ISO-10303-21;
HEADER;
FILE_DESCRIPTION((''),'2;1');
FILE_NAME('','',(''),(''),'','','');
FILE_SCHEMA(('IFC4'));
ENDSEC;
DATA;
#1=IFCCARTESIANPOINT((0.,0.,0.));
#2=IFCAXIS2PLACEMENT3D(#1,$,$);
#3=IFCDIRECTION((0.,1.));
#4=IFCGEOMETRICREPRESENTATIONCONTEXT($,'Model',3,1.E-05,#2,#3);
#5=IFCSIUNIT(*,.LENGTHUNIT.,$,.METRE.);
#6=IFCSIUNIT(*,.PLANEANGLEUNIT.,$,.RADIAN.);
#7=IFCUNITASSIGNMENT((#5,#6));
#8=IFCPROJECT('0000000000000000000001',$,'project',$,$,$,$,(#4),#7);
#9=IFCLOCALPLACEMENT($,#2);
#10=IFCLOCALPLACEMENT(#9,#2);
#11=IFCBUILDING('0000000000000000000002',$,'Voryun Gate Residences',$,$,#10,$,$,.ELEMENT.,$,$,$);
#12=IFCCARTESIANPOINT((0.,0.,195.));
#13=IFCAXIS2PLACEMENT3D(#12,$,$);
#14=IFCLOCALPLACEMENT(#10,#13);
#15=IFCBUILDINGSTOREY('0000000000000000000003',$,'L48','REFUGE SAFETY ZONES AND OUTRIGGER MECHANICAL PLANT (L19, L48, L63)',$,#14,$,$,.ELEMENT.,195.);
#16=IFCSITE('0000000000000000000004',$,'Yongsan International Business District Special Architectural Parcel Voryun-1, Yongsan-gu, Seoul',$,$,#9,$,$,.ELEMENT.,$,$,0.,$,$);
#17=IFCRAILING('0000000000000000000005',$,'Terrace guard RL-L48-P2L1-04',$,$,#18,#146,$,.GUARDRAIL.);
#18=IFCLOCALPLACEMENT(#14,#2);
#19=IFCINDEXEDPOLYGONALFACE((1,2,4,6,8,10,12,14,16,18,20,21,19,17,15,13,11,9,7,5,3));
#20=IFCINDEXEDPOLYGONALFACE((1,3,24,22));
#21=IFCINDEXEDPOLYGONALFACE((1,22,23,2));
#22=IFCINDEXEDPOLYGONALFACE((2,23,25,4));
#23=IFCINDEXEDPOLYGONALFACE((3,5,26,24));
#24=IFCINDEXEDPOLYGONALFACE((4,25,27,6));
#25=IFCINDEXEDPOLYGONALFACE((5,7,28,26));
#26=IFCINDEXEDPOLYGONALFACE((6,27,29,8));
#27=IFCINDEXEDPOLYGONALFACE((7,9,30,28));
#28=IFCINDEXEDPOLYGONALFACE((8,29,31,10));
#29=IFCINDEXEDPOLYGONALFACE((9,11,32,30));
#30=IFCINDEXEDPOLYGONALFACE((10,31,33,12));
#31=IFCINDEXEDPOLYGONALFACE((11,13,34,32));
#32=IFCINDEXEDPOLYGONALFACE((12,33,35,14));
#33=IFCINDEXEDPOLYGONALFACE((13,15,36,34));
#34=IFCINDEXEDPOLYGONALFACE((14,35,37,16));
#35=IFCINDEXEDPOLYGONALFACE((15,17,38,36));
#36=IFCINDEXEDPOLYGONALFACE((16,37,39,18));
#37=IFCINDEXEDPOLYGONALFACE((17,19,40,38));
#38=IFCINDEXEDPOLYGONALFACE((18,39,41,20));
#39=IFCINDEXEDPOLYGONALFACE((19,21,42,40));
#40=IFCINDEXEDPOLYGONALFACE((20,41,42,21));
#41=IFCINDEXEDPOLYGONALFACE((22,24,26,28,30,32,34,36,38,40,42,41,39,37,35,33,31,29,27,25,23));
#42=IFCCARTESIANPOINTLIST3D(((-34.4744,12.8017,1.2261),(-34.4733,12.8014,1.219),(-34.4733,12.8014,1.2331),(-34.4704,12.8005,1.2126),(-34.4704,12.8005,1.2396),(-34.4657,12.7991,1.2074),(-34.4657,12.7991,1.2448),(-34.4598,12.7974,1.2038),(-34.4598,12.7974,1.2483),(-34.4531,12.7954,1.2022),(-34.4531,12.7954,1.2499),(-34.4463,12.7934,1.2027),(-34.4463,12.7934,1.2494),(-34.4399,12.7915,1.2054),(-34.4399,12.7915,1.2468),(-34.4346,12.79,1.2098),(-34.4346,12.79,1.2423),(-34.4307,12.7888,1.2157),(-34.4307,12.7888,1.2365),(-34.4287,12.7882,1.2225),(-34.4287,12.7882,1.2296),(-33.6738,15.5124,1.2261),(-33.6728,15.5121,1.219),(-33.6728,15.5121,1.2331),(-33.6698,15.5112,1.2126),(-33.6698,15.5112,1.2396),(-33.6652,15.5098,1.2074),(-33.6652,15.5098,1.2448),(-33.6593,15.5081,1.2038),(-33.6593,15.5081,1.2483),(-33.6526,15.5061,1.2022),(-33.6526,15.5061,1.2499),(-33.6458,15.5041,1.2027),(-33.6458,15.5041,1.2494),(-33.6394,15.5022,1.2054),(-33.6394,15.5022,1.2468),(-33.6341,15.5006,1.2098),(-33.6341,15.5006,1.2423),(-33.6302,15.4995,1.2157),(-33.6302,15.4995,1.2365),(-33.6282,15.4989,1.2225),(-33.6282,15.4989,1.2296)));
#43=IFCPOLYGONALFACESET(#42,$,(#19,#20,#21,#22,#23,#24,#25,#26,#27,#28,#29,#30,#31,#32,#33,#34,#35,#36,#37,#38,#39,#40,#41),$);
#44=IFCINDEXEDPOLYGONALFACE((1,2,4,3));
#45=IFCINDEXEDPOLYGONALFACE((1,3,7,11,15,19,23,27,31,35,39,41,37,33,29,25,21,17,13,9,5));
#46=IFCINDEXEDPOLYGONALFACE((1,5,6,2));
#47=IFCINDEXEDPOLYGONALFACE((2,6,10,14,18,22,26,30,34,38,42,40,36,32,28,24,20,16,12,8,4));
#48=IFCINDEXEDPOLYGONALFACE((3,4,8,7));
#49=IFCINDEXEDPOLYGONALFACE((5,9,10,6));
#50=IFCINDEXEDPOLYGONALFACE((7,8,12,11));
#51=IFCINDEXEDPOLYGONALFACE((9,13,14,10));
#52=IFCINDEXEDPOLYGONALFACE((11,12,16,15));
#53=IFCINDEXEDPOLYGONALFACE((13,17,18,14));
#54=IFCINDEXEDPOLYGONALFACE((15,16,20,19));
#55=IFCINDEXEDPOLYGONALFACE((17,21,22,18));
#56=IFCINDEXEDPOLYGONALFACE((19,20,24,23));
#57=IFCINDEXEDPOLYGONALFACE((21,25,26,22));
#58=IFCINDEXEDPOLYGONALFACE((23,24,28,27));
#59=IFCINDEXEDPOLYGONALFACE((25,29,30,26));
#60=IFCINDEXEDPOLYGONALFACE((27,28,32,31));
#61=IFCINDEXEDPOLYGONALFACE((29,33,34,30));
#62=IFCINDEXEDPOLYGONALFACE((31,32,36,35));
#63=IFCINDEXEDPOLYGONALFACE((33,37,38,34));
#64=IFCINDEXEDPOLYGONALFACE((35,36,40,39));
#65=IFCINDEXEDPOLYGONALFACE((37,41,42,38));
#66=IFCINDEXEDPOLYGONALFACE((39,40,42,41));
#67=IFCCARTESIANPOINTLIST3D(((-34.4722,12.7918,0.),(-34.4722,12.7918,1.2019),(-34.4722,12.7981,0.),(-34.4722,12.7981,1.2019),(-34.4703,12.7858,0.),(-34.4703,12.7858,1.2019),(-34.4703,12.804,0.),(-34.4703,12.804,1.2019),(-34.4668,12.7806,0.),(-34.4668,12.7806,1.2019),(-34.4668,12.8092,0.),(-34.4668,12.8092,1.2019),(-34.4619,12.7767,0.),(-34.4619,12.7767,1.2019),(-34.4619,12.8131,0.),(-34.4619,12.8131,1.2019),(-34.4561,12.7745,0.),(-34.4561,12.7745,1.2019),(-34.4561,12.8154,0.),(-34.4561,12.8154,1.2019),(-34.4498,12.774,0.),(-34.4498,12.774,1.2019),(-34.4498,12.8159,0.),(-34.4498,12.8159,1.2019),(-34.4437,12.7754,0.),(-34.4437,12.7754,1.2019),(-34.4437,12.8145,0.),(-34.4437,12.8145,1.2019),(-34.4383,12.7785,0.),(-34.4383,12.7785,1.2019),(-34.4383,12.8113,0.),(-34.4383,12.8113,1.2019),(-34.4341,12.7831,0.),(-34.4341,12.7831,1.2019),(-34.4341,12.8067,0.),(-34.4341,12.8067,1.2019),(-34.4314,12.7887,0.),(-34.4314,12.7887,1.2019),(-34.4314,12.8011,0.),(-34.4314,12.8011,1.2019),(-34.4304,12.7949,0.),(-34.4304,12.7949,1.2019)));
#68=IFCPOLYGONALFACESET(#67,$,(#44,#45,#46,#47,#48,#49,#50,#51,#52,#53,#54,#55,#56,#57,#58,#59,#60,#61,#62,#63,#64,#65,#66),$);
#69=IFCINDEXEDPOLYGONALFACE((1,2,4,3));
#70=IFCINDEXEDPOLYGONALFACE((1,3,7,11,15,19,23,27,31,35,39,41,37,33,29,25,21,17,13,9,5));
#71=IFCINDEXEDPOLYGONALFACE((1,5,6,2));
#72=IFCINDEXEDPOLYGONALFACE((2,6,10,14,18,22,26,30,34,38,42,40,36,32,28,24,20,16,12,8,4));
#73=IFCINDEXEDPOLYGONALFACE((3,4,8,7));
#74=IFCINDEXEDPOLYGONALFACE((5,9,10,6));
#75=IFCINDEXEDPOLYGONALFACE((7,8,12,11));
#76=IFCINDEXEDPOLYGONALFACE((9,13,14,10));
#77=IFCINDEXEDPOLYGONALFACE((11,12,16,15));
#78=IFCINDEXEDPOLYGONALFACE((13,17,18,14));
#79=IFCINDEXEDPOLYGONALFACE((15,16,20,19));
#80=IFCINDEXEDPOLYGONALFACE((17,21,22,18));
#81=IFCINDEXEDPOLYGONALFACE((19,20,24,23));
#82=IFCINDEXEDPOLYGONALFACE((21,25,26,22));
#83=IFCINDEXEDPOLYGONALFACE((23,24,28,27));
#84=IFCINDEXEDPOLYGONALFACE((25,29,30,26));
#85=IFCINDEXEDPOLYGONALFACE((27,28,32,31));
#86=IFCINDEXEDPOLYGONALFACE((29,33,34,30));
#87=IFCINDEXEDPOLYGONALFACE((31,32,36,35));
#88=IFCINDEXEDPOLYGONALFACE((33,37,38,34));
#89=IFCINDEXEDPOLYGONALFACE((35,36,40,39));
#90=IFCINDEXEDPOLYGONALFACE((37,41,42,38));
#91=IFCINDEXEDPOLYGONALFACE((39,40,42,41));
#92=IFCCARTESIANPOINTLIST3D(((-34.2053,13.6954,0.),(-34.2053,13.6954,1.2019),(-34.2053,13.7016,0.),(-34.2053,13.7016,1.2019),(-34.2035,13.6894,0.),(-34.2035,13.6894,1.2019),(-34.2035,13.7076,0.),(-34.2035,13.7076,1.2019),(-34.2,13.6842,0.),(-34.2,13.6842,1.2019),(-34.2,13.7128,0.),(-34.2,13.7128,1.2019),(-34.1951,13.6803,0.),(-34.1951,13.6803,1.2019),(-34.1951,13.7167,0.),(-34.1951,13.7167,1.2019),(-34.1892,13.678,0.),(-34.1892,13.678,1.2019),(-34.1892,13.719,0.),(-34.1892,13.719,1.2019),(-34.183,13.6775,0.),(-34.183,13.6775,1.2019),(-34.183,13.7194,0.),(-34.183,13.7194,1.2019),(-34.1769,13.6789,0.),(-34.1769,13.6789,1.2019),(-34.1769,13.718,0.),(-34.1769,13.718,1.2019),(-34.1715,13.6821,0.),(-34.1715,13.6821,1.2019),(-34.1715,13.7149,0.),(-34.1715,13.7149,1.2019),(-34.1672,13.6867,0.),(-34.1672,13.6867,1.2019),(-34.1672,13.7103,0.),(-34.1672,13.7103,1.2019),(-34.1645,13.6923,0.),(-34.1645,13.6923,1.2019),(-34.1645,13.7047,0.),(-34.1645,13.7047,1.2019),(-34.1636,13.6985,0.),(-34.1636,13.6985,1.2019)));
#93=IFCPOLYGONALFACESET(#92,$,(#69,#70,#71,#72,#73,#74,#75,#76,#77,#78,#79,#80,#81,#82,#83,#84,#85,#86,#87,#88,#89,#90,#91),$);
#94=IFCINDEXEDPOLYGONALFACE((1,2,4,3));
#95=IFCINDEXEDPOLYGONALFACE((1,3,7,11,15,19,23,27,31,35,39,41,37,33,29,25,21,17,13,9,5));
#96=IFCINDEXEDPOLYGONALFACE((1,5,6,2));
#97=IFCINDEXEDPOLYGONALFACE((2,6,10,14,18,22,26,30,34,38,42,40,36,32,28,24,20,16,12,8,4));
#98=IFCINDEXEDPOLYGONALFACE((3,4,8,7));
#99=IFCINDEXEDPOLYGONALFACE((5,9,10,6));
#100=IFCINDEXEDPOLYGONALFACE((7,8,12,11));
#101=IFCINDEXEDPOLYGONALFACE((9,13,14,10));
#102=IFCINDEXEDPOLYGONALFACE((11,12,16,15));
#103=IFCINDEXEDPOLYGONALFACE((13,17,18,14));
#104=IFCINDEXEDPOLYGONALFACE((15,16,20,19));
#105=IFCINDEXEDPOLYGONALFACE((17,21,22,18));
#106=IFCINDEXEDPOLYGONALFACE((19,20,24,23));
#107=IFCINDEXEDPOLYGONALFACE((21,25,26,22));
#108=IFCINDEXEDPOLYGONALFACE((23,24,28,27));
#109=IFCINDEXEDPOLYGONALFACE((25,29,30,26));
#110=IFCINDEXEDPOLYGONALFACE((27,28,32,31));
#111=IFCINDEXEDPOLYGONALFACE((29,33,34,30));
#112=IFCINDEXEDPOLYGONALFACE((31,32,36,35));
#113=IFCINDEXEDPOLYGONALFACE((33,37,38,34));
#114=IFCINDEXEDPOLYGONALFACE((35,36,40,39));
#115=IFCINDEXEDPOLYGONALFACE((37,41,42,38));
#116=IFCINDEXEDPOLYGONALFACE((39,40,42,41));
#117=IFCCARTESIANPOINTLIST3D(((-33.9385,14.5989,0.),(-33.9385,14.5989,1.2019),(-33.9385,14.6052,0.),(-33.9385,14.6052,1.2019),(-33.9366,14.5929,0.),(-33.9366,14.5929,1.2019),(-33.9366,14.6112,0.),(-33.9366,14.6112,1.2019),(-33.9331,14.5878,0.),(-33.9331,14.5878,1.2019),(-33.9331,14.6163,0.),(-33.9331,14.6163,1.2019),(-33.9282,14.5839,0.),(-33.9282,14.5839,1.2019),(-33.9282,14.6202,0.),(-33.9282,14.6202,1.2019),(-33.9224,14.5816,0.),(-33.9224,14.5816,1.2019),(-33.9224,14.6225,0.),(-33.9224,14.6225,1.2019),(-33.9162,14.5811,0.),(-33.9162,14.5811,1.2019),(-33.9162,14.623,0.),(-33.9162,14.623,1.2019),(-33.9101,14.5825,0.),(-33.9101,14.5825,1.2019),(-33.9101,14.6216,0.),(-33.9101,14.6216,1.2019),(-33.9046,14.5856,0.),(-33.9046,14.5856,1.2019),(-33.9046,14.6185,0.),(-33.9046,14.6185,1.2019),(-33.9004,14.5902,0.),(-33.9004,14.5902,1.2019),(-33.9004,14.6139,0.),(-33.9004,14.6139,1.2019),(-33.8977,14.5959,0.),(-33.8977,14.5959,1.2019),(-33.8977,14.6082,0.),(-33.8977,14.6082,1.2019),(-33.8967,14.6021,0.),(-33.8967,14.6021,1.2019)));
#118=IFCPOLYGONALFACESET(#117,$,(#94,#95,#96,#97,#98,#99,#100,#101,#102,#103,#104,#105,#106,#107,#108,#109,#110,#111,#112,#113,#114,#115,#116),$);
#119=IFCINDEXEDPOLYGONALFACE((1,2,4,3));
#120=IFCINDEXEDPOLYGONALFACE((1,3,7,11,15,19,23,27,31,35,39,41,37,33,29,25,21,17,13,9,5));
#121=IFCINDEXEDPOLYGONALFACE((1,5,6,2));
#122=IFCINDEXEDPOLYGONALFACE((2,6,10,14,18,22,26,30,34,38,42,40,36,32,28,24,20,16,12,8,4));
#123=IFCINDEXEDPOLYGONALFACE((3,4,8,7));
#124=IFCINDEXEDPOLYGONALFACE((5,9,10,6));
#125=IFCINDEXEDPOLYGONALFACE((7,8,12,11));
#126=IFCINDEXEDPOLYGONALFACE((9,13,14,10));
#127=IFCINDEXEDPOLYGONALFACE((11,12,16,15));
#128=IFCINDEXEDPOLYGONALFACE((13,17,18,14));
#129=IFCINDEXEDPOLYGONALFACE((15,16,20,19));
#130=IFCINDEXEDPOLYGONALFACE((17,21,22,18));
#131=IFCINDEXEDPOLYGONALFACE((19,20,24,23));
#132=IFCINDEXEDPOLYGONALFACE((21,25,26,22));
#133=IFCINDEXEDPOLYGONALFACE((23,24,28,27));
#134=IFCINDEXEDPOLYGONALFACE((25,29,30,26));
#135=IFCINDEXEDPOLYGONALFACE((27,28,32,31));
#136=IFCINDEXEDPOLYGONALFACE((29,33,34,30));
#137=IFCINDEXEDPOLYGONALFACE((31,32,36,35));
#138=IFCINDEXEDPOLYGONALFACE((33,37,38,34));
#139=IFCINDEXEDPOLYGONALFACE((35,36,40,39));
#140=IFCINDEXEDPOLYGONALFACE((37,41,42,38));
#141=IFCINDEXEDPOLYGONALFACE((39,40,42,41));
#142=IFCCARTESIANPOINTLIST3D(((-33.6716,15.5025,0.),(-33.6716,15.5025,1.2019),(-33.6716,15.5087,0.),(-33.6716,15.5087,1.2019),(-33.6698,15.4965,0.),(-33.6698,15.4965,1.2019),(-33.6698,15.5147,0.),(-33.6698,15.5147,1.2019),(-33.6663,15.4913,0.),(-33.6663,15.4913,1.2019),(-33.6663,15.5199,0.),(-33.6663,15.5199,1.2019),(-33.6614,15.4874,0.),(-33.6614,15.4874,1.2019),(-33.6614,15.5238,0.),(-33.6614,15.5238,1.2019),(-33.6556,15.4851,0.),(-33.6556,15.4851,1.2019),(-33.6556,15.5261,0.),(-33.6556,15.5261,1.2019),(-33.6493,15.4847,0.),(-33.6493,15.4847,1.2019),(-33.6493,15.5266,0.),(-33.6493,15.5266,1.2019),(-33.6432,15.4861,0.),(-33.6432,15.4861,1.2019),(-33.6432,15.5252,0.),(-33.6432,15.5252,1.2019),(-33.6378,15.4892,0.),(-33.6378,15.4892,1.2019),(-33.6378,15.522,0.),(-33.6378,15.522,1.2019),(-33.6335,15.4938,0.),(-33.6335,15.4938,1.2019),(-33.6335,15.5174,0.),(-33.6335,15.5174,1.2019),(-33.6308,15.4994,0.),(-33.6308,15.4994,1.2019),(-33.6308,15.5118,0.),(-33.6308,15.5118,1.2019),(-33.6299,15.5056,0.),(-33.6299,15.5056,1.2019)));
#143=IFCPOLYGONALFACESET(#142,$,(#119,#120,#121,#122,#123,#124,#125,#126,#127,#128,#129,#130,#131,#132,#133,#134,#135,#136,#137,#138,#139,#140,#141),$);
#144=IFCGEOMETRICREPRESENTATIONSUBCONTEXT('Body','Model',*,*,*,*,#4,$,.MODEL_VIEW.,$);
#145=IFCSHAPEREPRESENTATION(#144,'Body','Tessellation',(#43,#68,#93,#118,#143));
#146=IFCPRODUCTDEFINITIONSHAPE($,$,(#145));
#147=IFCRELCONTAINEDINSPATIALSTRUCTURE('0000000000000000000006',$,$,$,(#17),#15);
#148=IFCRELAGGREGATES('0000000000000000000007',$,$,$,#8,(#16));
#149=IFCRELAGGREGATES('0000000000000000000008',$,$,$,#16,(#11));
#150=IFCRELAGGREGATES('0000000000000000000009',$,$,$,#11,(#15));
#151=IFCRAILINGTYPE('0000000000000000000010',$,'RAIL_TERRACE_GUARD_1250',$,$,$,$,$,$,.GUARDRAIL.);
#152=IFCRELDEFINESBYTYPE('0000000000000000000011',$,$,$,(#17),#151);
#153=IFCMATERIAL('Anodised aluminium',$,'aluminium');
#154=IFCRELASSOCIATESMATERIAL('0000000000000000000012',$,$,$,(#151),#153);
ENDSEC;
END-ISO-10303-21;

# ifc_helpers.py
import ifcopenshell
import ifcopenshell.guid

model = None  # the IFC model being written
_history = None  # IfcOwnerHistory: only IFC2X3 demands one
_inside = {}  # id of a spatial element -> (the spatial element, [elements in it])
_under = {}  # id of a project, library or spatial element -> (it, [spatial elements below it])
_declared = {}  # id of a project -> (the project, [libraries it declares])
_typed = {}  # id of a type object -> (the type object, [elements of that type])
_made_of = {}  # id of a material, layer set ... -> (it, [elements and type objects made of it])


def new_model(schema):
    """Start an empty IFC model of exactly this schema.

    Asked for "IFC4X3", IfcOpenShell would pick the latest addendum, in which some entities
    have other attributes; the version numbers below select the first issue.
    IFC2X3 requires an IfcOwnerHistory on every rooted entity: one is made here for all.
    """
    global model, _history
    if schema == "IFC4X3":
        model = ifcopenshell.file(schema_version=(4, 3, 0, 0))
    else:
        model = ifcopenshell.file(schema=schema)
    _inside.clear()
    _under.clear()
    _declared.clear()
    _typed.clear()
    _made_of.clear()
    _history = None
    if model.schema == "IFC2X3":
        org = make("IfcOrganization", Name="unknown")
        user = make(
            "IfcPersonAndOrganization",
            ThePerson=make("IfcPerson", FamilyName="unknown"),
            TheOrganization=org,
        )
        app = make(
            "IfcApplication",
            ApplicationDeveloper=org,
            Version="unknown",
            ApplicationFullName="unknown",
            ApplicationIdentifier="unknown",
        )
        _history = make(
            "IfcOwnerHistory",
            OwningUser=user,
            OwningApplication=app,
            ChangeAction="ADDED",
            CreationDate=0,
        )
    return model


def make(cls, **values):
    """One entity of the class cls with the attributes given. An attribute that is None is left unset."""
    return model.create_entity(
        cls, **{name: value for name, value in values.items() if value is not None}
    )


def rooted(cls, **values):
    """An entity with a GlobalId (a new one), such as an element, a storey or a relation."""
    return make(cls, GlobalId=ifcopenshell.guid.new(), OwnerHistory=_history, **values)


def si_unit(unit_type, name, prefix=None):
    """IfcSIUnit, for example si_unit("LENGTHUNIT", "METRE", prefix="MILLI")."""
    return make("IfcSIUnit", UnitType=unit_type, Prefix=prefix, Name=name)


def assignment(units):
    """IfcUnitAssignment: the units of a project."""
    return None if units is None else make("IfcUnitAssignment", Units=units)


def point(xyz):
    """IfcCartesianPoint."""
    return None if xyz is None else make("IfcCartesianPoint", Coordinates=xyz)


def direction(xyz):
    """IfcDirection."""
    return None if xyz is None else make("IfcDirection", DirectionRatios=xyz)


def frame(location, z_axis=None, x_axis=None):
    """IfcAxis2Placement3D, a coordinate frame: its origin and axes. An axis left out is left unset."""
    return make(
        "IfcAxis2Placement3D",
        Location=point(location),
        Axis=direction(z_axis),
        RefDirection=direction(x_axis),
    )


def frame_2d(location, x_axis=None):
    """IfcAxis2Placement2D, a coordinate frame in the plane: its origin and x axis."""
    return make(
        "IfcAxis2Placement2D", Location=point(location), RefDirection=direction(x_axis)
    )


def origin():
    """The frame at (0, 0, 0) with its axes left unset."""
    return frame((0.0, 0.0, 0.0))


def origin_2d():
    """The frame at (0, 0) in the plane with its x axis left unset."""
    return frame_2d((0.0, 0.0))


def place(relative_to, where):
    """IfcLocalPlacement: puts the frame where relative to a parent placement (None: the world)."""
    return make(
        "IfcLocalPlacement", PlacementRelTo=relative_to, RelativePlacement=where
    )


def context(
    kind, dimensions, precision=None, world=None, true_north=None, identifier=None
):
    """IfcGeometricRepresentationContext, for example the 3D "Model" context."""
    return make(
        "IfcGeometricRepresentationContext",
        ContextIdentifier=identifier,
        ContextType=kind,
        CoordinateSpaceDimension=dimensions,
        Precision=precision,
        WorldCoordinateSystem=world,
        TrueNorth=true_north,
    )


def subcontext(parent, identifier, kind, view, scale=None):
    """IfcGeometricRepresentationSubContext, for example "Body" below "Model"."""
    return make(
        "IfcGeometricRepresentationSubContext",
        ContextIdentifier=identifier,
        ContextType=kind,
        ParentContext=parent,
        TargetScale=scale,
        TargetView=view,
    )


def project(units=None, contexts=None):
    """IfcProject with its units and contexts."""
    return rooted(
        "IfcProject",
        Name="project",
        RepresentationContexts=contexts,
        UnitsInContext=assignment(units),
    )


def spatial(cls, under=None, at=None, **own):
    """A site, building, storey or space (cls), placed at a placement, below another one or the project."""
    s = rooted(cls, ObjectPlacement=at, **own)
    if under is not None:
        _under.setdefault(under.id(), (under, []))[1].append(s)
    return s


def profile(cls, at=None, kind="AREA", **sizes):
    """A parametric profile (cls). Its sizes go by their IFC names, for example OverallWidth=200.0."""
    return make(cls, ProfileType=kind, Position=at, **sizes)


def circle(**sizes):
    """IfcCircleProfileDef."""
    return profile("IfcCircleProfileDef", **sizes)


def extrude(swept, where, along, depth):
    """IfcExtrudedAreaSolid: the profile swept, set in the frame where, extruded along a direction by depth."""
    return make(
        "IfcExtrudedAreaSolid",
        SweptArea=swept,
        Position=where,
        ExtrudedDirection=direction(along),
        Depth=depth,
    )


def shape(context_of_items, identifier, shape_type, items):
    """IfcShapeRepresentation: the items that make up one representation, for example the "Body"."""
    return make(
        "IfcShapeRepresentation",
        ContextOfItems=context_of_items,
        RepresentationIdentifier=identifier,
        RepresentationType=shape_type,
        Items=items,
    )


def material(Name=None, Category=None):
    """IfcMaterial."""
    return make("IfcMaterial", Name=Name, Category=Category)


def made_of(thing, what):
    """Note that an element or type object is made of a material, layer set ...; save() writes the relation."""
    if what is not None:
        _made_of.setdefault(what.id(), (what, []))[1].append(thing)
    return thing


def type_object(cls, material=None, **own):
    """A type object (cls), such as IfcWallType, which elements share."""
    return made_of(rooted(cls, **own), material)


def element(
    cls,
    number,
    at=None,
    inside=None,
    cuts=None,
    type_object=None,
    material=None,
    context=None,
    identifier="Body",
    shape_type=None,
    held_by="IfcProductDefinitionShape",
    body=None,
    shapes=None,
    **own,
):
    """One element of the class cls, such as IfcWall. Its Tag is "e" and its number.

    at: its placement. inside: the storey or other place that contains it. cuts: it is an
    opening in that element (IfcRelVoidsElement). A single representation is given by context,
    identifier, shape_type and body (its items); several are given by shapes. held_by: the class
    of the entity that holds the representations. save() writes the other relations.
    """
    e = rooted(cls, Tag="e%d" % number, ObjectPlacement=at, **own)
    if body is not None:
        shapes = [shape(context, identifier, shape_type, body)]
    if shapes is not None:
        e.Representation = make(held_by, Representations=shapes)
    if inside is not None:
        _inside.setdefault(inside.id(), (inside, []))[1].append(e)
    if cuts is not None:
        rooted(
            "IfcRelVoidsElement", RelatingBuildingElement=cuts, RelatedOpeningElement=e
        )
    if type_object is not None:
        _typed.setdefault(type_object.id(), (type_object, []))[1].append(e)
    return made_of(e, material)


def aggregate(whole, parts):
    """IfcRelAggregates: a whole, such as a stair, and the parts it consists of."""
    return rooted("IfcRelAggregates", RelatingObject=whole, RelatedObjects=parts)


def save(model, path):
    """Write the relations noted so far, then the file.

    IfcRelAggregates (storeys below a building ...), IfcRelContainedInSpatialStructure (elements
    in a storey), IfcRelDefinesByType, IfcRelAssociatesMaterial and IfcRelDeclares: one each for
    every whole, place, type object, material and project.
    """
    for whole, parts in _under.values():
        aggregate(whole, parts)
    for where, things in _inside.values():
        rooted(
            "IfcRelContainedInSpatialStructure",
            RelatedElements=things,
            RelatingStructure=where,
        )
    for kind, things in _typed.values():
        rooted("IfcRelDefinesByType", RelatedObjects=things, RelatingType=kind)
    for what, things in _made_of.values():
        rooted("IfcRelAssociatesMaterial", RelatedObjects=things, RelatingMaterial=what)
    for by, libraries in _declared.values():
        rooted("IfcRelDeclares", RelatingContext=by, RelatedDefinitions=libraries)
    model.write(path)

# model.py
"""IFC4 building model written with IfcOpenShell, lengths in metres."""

from ifc_helpers import new_model, si_unit, direction, frame, origin, origin_2d, place, context, subcontext, project, spatial, circle, extrude, material, type_object, element, save


model = new_model("IFC4")

# Units and contexts
model_context = context("Model", 3, precision=1e-05, world=origin(), true_north=direction((0.0, 1.0)))
body_context = subcontext(model_context, "Body", "Model", "MODEL_VIEW")
ifc_project = project(units=[si_unit("LENGTHUNIT", "METRE"), si_unit("PLANEANGLEUNIT", "RADIAN")], contexts=[model_context])

# Site, building, storey
site_placement = place(None, origin())
site = spatial("IfcSite", under=ifc_project, at=site_placement, Name="Yongsan International Business District Special Architectural Parcel Voryun-1, Yongsan-gu, Seoul", CompositionType="ELEMENT", RefElevation=0.0)
building_placement = place(site_placement, origin())
building = spatial("IfcBuilding", under=site, at=building_placement, Name="Voryun Gate Residences", CompositionType="ELEMENT")
storey_placement = place(building_placement, frame((0.0, 0.0, 195.0)))
storey = spatial("IfcBuildingStorey", under=building, at=storey_placement, Name="L48", Description="REFUGE SAFETY ZONES AND OUTRIGGER MECHANICAL PLANT (L19, L48, L63)", CompositionType="ELEMENT", Elevation=195.0)

# Railing
ifc_material_1 = material(Name="Anodised aluminium", Category="aluminium")
railing_type = type_object("IfcRailingType", Name="RAIL_TERRACE_GUARD_1250", PredefinedType="GUARDRAIL", material=ifc_material_1)
railing_1_placement = place(storey_placement, frame((-34.4514, 12.7949, 0.0)))
element("IfcRailing", 1, at=railing_1_placement, inside=storey, type_object=railing_type, Name="Terrace guard RL-L48-P2L1-04", PredefinedType="GUARDRAIL", context=body_context, shape_type="SweptSolid", body=[
    extrude(circle(Radius=0.0239, at=origin_2d()), frame((0.0, 0.0, 1.2261), z_axis=(0.283232, 0.959051, 0.0), x_axis=(-0.959051, 0.283232, 0.0)), (0.0, 0.0, 1.0), 2.8264),
    extrude(circle(Radius=0.021, at=origin_2d()), origin(), (0.0, 0.0, 1.0), 1.2019),
    extrude(circle(Radius=0.021, at=origin_2d()), frame((0.2668, 0.9036, 0.0)), (0.0, 0.0, 1.0), 1.2019),
    extrude(circle(Radius=0.021, at=origin_2d()), frame((0.5337, 1.8071, 0.0)), (0.0, 0.0, 1.0), 1.2019),
    extrude(circle(Radius=0.021, at=origin_2d()), frame((0.8005, 2.7107, 0.0)), (0.0, 0.0, 1.0), 1.2019),
])

save(model, "model.ifc")
